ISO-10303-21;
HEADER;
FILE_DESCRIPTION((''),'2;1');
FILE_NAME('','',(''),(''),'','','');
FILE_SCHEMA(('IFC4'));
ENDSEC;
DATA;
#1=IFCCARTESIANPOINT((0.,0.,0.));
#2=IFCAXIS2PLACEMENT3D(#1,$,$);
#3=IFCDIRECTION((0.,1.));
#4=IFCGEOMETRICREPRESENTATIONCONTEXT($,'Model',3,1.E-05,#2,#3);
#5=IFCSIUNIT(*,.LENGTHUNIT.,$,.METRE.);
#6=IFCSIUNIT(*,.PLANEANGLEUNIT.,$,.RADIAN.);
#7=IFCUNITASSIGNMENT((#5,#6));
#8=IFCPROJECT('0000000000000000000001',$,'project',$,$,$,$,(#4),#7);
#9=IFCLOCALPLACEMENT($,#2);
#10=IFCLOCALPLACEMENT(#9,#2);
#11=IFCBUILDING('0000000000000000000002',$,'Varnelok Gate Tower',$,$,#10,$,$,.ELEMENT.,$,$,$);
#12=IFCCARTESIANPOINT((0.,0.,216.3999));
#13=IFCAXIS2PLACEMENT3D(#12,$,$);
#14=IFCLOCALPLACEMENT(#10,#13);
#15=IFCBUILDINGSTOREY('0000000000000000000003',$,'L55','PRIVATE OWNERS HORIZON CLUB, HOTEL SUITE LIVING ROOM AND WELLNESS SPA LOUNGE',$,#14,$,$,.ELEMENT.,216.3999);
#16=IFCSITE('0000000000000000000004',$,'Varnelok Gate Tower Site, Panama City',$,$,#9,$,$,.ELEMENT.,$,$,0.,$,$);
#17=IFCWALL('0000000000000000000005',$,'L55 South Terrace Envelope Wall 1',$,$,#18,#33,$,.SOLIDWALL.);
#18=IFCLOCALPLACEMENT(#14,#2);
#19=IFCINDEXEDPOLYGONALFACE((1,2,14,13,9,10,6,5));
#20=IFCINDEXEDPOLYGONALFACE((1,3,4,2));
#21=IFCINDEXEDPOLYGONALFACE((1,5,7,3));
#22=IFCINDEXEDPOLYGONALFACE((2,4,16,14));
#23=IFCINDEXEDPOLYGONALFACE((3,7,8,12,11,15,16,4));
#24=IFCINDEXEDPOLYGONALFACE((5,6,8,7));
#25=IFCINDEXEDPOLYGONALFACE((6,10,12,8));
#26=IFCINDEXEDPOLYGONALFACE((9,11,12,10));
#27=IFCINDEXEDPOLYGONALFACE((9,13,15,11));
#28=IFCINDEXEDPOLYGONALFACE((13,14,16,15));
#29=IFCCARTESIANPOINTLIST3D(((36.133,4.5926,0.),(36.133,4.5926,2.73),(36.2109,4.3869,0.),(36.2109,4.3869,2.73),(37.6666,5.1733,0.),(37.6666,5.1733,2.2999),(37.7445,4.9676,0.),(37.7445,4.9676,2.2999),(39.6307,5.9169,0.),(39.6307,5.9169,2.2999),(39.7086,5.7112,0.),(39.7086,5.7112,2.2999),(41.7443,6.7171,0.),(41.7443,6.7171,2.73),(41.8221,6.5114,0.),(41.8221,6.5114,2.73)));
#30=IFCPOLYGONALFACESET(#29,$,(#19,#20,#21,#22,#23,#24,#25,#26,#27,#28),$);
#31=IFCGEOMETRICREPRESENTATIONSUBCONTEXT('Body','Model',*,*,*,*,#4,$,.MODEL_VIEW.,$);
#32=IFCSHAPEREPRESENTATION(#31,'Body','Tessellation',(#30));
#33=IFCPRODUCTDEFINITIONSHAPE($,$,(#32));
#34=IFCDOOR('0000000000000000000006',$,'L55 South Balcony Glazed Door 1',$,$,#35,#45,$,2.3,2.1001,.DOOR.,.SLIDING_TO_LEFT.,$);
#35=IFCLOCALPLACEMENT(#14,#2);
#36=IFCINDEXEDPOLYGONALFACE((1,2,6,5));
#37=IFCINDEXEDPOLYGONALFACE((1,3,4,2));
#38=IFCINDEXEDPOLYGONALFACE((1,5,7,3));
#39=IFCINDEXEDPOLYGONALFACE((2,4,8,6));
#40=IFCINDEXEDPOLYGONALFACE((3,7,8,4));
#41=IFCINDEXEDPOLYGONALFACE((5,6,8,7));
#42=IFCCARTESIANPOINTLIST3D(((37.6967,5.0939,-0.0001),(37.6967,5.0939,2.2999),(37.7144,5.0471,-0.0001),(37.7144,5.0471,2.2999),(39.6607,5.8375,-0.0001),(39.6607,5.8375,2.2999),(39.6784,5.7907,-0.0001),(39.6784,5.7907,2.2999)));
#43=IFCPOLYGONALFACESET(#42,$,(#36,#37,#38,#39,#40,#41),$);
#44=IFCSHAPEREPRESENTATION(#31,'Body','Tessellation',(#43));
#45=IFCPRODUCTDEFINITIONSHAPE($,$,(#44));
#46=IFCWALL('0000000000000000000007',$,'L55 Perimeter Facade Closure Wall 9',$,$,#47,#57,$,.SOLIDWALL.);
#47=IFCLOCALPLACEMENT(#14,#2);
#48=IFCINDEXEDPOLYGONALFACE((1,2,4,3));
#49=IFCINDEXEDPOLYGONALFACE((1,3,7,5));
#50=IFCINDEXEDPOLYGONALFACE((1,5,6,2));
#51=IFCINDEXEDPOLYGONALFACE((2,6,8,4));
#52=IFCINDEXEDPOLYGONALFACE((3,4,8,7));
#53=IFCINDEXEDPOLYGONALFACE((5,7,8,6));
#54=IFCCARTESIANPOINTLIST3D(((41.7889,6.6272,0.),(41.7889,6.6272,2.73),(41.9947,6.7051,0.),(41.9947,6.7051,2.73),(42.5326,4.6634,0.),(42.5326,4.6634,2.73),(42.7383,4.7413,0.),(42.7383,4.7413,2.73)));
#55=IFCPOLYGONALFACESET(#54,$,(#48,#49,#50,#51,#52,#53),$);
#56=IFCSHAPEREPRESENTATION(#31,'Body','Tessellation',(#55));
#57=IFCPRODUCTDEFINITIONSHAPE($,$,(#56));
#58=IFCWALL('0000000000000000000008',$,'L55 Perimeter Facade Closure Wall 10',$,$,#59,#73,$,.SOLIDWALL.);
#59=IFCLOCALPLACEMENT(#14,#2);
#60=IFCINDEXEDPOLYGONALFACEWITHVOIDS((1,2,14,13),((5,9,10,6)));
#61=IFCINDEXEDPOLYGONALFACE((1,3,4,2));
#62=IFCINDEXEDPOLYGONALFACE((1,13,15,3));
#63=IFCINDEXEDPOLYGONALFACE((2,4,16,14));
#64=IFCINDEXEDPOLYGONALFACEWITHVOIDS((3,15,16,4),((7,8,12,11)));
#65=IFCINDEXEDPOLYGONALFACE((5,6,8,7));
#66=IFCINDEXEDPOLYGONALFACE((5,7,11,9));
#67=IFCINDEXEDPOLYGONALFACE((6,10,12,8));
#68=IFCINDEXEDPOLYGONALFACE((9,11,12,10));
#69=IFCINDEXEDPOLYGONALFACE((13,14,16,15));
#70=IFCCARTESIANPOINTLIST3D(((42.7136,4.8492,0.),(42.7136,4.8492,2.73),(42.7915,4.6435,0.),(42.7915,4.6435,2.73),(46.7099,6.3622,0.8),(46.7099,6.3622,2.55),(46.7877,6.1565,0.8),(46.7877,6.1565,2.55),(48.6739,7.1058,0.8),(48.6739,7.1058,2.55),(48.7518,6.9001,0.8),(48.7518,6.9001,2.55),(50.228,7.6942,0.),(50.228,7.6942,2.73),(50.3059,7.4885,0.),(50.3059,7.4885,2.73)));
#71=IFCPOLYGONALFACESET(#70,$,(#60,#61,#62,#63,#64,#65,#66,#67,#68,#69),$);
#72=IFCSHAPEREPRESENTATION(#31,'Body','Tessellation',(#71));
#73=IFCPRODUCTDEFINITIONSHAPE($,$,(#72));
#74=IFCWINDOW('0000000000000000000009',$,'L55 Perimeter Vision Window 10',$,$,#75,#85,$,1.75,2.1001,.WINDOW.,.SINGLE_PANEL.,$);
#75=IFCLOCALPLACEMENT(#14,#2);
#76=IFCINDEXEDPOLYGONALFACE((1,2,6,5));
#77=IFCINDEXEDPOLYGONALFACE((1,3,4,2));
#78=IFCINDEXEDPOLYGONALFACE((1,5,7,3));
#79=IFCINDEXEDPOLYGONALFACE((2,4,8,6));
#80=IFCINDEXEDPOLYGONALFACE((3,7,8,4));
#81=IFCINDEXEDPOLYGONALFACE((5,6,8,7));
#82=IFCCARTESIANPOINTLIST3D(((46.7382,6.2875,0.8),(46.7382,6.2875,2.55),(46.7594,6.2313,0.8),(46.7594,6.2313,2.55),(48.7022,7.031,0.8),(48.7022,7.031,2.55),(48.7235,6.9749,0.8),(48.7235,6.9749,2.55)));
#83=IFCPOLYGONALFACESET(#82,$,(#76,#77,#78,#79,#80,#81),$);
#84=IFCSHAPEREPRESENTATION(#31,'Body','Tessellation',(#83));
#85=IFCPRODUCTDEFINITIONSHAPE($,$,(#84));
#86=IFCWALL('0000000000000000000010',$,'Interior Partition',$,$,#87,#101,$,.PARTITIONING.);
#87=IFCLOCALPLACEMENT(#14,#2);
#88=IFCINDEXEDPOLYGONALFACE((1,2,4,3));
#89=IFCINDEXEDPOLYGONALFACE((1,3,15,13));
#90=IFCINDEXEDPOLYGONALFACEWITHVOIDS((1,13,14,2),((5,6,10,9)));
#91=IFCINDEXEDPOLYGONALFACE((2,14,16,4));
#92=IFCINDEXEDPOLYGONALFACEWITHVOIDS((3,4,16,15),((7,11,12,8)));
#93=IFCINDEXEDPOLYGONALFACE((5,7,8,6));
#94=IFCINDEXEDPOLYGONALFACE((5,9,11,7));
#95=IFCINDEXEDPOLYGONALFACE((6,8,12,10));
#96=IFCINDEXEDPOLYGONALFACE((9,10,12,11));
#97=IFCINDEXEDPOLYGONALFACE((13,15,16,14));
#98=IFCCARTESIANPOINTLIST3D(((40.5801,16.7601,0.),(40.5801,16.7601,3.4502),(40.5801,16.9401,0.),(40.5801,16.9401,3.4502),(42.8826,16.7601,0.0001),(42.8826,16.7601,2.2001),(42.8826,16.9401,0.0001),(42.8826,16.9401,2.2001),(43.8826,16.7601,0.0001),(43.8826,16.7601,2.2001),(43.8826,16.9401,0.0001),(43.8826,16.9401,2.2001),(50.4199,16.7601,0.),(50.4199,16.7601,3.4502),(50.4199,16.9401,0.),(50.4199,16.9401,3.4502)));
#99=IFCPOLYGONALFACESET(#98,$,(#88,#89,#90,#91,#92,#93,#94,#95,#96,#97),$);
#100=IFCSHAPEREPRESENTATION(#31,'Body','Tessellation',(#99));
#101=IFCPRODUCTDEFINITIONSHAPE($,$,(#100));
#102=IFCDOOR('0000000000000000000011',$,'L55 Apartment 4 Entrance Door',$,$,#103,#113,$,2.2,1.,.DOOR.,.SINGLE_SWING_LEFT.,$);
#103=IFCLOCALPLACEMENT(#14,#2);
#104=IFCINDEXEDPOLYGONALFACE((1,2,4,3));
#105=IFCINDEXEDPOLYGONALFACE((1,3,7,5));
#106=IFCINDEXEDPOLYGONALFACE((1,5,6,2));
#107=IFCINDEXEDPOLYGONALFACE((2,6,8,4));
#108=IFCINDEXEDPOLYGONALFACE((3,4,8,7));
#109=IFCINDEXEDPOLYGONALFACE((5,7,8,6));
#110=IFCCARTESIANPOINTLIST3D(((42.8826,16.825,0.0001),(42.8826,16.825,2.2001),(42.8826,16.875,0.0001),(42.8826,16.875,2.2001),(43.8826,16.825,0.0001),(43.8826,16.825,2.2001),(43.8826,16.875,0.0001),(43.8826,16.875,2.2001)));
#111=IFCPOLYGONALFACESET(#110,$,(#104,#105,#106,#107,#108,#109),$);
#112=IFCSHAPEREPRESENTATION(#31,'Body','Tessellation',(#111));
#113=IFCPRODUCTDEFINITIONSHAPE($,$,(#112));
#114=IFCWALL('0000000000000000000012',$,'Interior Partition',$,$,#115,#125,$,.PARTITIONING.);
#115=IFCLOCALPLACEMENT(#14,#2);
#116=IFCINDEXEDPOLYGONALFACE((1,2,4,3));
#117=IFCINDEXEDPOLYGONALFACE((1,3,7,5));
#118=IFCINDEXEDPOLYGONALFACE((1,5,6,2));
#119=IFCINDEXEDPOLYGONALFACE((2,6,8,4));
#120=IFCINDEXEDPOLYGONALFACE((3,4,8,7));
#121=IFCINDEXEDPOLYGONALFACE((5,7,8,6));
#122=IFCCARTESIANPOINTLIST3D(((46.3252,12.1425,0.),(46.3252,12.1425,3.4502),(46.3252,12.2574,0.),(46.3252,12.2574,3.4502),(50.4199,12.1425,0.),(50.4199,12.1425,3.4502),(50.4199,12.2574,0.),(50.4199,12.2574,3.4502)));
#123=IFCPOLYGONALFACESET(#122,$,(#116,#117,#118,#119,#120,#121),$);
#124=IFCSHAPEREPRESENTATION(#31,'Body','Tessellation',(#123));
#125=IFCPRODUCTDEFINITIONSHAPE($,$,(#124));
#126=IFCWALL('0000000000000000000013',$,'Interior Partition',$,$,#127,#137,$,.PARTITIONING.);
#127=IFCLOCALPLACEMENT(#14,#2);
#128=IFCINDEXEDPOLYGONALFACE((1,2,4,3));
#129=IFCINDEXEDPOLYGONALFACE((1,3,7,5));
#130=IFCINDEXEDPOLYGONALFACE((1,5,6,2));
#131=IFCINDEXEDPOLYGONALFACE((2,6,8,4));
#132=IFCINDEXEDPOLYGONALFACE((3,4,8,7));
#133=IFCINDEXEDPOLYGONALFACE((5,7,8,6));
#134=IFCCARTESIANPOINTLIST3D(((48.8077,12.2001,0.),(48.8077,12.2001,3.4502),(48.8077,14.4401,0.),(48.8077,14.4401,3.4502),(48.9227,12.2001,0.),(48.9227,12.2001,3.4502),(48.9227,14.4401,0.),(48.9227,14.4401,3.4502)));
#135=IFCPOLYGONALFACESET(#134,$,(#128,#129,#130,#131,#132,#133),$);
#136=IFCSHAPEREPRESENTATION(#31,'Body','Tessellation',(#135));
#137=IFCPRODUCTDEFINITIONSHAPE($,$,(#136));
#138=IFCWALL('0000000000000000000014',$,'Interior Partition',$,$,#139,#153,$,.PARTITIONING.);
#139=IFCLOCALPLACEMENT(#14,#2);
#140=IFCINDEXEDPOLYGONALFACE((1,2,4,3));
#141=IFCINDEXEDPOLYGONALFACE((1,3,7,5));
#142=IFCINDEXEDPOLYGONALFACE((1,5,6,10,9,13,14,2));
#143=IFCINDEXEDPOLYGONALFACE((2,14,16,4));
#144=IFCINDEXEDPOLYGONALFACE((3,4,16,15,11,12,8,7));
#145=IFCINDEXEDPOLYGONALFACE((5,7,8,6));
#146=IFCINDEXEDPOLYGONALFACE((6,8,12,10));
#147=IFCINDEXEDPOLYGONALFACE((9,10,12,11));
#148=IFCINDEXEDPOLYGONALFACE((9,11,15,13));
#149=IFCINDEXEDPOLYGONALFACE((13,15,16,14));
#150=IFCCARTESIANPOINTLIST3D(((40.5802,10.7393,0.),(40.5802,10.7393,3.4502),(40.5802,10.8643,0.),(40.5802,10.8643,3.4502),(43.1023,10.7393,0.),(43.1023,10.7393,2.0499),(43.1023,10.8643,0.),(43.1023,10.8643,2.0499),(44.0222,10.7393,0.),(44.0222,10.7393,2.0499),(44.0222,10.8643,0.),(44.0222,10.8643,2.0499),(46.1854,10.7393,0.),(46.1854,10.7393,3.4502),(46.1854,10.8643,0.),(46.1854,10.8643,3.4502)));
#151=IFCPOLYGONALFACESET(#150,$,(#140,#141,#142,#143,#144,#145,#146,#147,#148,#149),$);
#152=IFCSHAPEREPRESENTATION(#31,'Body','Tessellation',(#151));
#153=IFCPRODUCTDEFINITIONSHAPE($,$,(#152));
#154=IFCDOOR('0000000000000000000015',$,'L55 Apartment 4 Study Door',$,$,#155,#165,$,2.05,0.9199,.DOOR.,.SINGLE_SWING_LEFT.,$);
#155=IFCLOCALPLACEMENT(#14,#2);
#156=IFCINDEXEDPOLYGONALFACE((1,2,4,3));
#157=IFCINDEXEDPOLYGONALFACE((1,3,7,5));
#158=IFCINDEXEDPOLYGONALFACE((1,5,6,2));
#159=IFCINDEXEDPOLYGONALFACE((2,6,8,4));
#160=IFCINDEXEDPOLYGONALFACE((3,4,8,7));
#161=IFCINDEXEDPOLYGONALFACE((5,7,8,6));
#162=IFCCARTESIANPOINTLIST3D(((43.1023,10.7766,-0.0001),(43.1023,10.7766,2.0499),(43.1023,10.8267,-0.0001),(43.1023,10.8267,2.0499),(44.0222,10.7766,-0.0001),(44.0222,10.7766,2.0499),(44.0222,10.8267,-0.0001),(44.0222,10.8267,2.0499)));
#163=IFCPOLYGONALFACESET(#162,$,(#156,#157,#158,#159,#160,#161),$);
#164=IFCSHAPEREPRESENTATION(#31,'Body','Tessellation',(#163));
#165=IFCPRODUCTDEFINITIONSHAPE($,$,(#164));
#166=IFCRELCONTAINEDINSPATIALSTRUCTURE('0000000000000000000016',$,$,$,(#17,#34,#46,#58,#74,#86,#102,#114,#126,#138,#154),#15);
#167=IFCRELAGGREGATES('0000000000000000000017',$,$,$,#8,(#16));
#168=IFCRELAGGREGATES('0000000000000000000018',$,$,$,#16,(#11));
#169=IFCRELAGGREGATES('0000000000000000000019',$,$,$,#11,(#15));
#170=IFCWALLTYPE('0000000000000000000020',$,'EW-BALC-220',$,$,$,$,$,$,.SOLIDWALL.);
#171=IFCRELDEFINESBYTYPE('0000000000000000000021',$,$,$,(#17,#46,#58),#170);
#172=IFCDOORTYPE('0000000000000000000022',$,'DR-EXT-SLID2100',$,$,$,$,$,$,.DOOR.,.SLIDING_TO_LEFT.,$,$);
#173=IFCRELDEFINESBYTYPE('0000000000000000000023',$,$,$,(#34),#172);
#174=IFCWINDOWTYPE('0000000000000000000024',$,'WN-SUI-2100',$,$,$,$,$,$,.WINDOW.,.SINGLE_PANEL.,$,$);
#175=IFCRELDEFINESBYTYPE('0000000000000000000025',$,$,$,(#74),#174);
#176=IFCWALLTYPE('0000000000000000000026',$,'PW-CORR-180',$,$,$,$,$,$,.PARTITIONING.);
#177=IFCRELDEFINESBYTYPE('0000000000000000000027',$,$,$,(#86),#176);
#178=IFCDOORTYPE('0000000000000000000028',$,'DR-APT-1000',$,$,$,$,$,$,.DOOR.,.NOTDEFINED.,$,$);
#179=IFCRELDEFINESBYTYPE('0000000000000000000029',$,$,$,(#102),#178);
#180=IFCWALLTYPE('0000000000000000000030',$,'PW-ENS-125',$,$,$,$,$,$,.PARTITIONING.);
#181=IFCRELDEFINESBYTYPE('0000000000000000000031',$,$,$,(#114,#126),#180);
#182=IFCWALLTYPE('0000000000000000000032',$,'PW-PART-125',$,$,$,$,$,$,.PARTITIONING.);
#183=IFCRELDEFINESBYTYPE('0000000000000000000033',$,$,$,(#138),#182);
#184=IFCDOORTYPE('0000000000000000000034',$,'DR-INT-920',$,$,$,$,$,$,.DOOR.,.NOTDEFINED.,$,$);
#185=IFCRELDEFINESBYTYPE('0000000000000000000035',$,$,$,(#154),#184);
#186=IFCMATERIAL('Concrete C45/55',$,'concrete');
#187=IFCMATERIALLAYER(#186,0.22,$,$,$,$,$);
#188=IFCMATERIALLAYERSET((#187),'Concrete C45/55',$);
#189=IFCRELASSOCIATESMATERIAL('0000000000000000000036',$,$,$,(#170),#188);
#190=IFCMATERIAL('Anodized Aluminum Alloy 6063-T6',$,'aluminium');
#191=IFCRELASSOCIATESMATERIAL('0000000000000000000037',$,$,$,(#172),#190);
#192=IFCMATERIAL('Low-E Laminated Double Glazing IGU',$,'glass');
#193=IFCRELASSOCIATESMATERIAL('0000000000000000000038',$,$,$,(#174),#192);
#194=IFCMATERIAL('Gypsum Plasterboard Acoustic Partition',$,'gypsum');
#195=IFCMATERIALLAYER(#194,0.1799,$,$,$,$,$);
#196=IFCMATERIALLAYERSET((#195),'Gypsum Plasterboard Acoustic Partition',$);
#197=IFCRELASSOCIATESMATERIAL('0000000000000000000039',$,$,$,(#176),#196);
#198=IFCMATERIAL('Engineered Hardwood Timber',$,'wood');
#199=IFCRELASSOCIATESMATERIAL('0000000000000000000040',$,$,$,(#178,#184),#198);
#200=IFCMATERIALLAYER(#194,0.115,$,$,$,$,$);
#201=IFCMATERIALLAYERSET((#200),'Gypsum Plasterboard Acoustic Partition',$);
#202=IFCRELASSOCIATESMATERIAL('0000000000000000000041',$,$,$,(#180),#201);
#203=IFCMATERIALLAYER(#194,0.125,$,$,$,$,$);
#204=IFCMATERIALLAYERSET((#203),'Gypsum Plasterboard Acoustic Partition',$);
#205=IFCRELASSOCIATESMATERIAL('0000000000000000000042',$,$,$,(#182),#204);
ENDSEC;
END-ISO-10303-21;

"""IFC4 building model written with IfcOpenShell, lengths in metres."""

from ifc_helpers import new_model, si_unit, direction, frame, frame_2d, origin, place, context, subcontext, project, spatial, rectangle, extrude, material, layer, layer_set, type_object, element, fill, save


model = new_model("IFC4")

# Units and contexts
model_context = context("Model", 3, precision=1e-05, world=origin(), true_north=direction((0.0, 1.0)))
body_context = subcontext(model_context, "Body", "Model", "MODEL_VIEW")
ifc_project = project(units=[si_unit("LENGTHUNIT", "METRE"), si_unit("PLANEANGLEUNIT", "RADIAN")], contexts=[model_context])

# Site, building, storey
site_placement = place(None, origin())
site = spatial("IfcSite", under=ifc_project, at=site_placement, Name="Varnelok Gate Tower Site, Panama City", CompositionType="ELEMENT", RefElevation=0.0)
building_placement = place(site_placement, origin())
building = spatial("IfcBuilding", under=site, at=building_placement, Name="Varnelok Gate Tower", CompositionType="ELEMENT")
storey_placement = place(building_placement, frame((0.0, 0.0, 216.3999)))
storey = spatial("IfcBuildingStorey", under=building, at=storey_placement, Name="L55", Description="PRIVATE OWNERS HORIZON CLUB, HOTEL SUITE LIVING ROOM AND WELLNESS SPA LOUNGE", CompositionType="ELEMENT", Elevation=216.3999)

# Wall, opening, door
ifc_material_1 = material(Name="Concrete C45/55", Category="concrete")
ifc_layer_1 = layer(ifc_material_1, 0.22)
ifc_layer_set_1 = layer_set([ifc_layer_1], Name="Concrete C45/55")
wall_type_1 = type_object("IfcWallType", Name="EW-BALC-220", PredefinedType="SOLIDWALL", material=ifc_layer_set_1)
wall_1_placement = place(storey_placement, frame((41.7832, 6.6143, 0.0), z_axis=(0.0, 0.0, 1.0), x_axis=(-0.935214, -0.354083, 0.0)))
wall_1 = element("IfcWall", 1, at=wall_1_placement, inside=storey, type_object=wall_type_1, Name="L55 South Terrace Envelope Wall 1", PredefinedType="SOLIDWALL", context=body_context, shape_type="SweptSolid", body=[
    extrude(rectangle(XDim=6.0, YDim=0.22, at=frame_2d((3.0, 0.0))), origin(), (0.0, 0.0, 1.0), 2.73),
])
opening_1_placement = place(wall_1_placement, frame((2.26, 0.0, 0.0)))
opening_1 = element("IfcOpeningElement", 2, at=opening_1_placement, cuts=wall_1, PredefinedType="OPENING", context=body_context, shape_type="SweptSolid", body=[
    extrude(rectangle(XDim=2.1001, YDim=2.3, at=frame_2d((1.05, 1.1499))), frame((0.0, 0.1199, 0.0), z_axis=(0.0, -1.0, 0.0), x_axis=(1.0, 0.0, 0.0)), (0.0, 0.0, 1.0), 0.24),
])
ifc_material_2 = material(Name="Anodized Aluminum Alloy 6063-T6", Category="aluminium")
door_type_1 = type_object("IfcDoorType", Name="DR-EXT-SLID2100", OperationType="SLIDING_TO_LEFT", PredefinedType="DOOR", material=ifc_material_2)
door_1_placement = place(opening_1_placement, origin())
door_1 = element("IfcDoor", 3, at=door_1_placement, inside=storey, type_object=door_type_1, Name="L55 South Balcony Glazed Door 1", OperationType="SLIDING_TO_LEFT", OverallHeight=2.3, OverallWidth=2.1001, PredefinedType="DOOR", context=body_context, shape_type="SweptSolid", body=[
    extrude(rectangle(XDim=2.1001, YDim=2.3, at=frame_2d((1.05, 1.1499))), frame((0.0, 0.0249, 0.0), z_axis=(0.0, -1.0, 0.0), x_axis=(1.0, 0.0, 0.0)), (0.0, 0.0, 1.0), 0.05),
])
fill(opening_1, door_1)

# Wall
wall_2_placement = place(storey_placement, frame((41.8918, 6.666, 0.0), z_axis=(0.0, 0.0, 1.0), x_axis=(0.354128, -0.935197, 0.0)))
element("IfcWall", 4, at=wall_2_placement, inside=storey, type_object=wall_type_1, Name="L55 Perimeter Facade Closure Wall 9", PredefinedType="SOLIDWALL", context=body_context, shape_type="SweptSolid", body=[
    extrude(rectangle(XDim=2.0999, YDim=0.22, at=frame_2d((1.0498, 0.0))), origin(), (0.0, 0.0, 1.0), 2.73),
])

# Wall, opening, window
wall_3_placement = place(storey_placement, frame((42.7524, 4.7463, 0.0), z_axis=(0.0, 0.0, 1.0), x_axis=(0.935217, 0.354075, 0.0)))
wall_3 = element("IfcWall", 5, at=wall_3_placement, inside=storey, type_object=wall_type_1, Name="L55 Perimeter Facade Closure Wall 10", PredefinedType="SOLIDWALL", context=body_context, shape_type="SweptSolid", body=[
    extrude(rectangle(XDim=8.0349, YDim=0.22, at=frame_2d((4.0176, 0.0))), origin(), (0.0, 0.0, 1.0), 2.73),
])
opening_2_placement = place(wall_3_placement, frame((4.2732, 0.0, 0.8)))
opening_2 = element("IfcOpeningElement", 6, at=opening_2_placement, cuts=wall_3, PredefinedType="OPENING", context=body_context, shape_type="SweptSolid", body=[
    extrude(rectangle(XDim=2.1001, YDim=1.75, at=frame_2d((1.05, 0.875))), frame((0.0, 0.1199, 0.0), z_axis=(0.0, -1.0, 0.0), x_axis=(1.0, 0.0, 0.0)), (0.0, 0.0, 1.0), 0.24),
])
ifc_material_3 = material(Name="Low-E Laminated Double Glazing IGU", Category="glass")
window_type = type_object("IfcWindowType", Name="WN-SUI-2100", PartitioningType="SINGLE_PANEL", PredefinedType="WINDOW", material=ifc_material_3)
window_placement = place(opening_2_placement, origin())
window = element("IfcWindow", 7, at=window_placement, inside=storey, type_object=window_type, Name="L55 Perimeter Vision Window 10", OverallHeight=1.75, OverallWidth=2.1001, PartitioningType="SINGLE_PANEL", PredefinedType="WINDOW", context=body_context, shape_type="SweptSolid", body=[
    extrude(rectangle(XDim=2.1001, YDim=1.75, at=frame_2d((1.05, 0.875))), frame((0.0, 0.03, 0.0), z_axis=(0.0, -1.0, 0.0), x_axis=(1.0, 0.0, 0.0)), (0.0, 0.0, 1.0), 0.0601),
])
fill(opening_2, window)

# Wall, opening, door
ifc_material_4 = material(Name="Gypsum Plasterboard Acoustic Partition", Category="gypsum")
ifc_layer_2 = layer(ifc_material_4, 0.1799)
ifc_layer_set_2 = layer_set([ifc_layer_2], Name="Gypsum Plasterboard Acoustic Partition")
wall_type_2 = type_object("IfcWallType", Name="PW-CORR-180", PredefinedType="PARTITIONING", material=ifc_layer_set_2)
wall_4_placement = place(storey_placement, frame((40.5801, 16.8501, 0.0), z_axis=(0.0, 0.0, 1.0), x_axis=(1.0, 0.0, 0.0)))
wall_4 = element("IfcWall", 8, at=wall_4_placement, inside=storey, type_object=wall_type_2, Name="Interior Partition", PredefinedType="PARTITIONING", context=body_context, shape_type="SweptSolid", body=[
    extrude(rectangle(XDim=9.8398, YDim=0.1799, at=frame_2d((4.9199, 0.0))), origin(), (0.0, 0.0, 1.0), 3.4502),
])
opening_3_placement = place(wall_4_placement, frame((2.3025, 0.0, 0.0)))
opening_3 = element("IfcOpeningElement", 9, at=opening_3_placement, cuts=wall_4, PredefinedType="OPENING", context=body_context, shape_type="SweptSolid", body=[
    extrude(rectangle(XDim=1.0, YDim=2.2, at=frame_2d((0.5, 1.1001))), frame((0.0, 0.0999, 0.0), z_axis=(0.0, -1.0, 0.0), x_axis=(1.0, 0.0, 0.0)), (0.0, 0.0, 1.0), 0.2),
])
ifc_material_5 = material(Name="Engineered Hardwood Timber", Category="wood")
door_type_2 = type_object("IfcDoorType", Name="DR-APT-1000", OperationType="NOTDEFINED", PredefinedType="DOOR", material=ifc_material_5)
door_2_placement = place(opening_3_placement, origin())
door_2 = element("IfcDoor", 10, at=door_2_placement, inside=storey, type_object=door_type_2, Name="L55 Apartment 4 Entrance Door", OperationType="SINGLE_SWING_LEFT", OverallHeight=2.2, OverallWidth=1.0, PredefinedType="DOOR", context=body_context, shape_type="SweptSolid", body=[
    extrude(rectangle(XDim=1.0, YDim=2.2, at=frame_2d((0.5, 1.1001))), frame((0.0, 0.0249, 0.0), z_axis=(0.0, -1.0, 0.0), x_axis=(1.0, 0.0, 0.0)), (0.0, 0.0, 1.0), 0.05),
])
fill(opening_3, door_2)

# Walls
ifc_layer_3 = layer(ifc_material_4, 0.115)
ifc_layer_set_3 = layer_set([ifc_layer_3], Name="Gypsum Plasterboard Acoustic Partition")
wall_type_3 = type_object("IfcWallType", Name="PW-ENS-125", PredefinedType="PARTITIONING", material=ifc_layer_set_3)
wall_5_placement = place(storey_placement, frame((46.3252, 12.2, 0.0), z_axis=(0.0, 0.0, 1.0), x_axis=(1.0, 0.0, 0.0)))
element("IfcWall", 11, at=wall_5_placement, inside=storey, type_object=wall_type_3, Name="Interior Partition", PredefinedType="PARTITIONING", context=body_context, shape_type="SweptSolid", body=[
    extrude(rectangle(XDim=4.0947, YDim=0.115, at=frame_2d((2.0474, 0.0))), origin(), (0.0, 0.0, 1.0), 3.4502),
])
wall_6_placement = place(storey_placement, frame((48.8652, 12.2, 0.0), z_axis=(0.0, 0.0, 1.0), x_axis=(0.0, 1.0, 0.0)))
element("IfcWall", 12, at=wall_6_placement, inside=storey, type_object=wall_type_3, Name="Interior Partition", PredefinedType="PARTITIONING", context=body_context, shape_type="SweptSolid", body=[
    extrude(rectangle(XDim=2.24, YDim=0.115, at=frame_2d((1.1201, 0.0))), origin(), (0.0, 0.0, 1.0), 3.4502),
])

# Wall, opening, door
ifc_layer_4 = layer(ifc_material_4, 0.125)
ifc_layer_set_4 = layer_set([ifc_layer_4], Name="Gypsum Plasterboard Acoustic Partition")
wall_type_4 = type_object("IfcWallType", Name="PW-PART-125", PredefinedType="PARTITIONING", material=ifc_layer_set_4)
wall_7_placement = place(storey_placement, frame((40.5801, 10.8018, 0.0), z_axis=(0.0, 0.0, 1.0), x_axis=(1.0, 0.0, 0.0)))
wall_7 = element("IfcWall", 13, at=wall_7_placement, inside=storey, type_object=wall_type_4, Name="Interior Partition", PredefinedType="PARTITIONING", context=body_context, shape_type="SweptSolid", body=[
    extrude(rectangle(XDim=5.6052, YDim=0.125, at=frame_2d((2.8027, 0.0))), origin(), (0.0, 0.0, 1.0), 3.4502),
])
opening_4_placement = place(wall_7_placement, frame((2.5222, 0.0, 0.0)))
opening_4 = element("IfcOpeningElement", 14, at=opening_4_placement, cuts=wall_7, PredefinedType="OPENING", context=body_context, shape_type="SweptSolid", body=[
    extrude(rectangle(XDim=0.9199, YDim=2.05, at=frame_2d((0.46, 1.0249))), frame((0.0, 0.0725, 0.0), z_axis=(0.0, -1.0, 0.0), x_axis=(1.0, 0.0, 0.0)), (0.0, 0.0, 1.0), 0.145),
])
door_type_3 = type_object("IfcDoorType", Name="DR-INT-920", OperationType="NOTDEFINED", PredefinedType="DOOR", material=ifc_material_5)
door_3_placement = place(opening_4_placement, origin())
door_3 = element("IfcDoor", 15, at=door_3_placement, inside=storey, type_object=door_type_3, Name="L55 Apartment 4 Study Door", OperationType="SINGLE_SWING_LEFT", OverallHeight=2.05, OverallWidth=0.9199, PredefinedType="DOOR", context=body_context, shape_type="SweptSolid", body=[
    extrude(rectangle(XDim=0.9199, YDim=2.05, at=frame_2d((0.46, 1.0249))), frame((0.0, 0.0249, 0.0), z_axis=(0.0, -1.0, 0.0), x_axis=(1.0, 0.0, 0.0)), (0.0, 0.0, 1.0), 0.05),
])
fill(opening_4, door_3)

save(model, "model.ifc")
